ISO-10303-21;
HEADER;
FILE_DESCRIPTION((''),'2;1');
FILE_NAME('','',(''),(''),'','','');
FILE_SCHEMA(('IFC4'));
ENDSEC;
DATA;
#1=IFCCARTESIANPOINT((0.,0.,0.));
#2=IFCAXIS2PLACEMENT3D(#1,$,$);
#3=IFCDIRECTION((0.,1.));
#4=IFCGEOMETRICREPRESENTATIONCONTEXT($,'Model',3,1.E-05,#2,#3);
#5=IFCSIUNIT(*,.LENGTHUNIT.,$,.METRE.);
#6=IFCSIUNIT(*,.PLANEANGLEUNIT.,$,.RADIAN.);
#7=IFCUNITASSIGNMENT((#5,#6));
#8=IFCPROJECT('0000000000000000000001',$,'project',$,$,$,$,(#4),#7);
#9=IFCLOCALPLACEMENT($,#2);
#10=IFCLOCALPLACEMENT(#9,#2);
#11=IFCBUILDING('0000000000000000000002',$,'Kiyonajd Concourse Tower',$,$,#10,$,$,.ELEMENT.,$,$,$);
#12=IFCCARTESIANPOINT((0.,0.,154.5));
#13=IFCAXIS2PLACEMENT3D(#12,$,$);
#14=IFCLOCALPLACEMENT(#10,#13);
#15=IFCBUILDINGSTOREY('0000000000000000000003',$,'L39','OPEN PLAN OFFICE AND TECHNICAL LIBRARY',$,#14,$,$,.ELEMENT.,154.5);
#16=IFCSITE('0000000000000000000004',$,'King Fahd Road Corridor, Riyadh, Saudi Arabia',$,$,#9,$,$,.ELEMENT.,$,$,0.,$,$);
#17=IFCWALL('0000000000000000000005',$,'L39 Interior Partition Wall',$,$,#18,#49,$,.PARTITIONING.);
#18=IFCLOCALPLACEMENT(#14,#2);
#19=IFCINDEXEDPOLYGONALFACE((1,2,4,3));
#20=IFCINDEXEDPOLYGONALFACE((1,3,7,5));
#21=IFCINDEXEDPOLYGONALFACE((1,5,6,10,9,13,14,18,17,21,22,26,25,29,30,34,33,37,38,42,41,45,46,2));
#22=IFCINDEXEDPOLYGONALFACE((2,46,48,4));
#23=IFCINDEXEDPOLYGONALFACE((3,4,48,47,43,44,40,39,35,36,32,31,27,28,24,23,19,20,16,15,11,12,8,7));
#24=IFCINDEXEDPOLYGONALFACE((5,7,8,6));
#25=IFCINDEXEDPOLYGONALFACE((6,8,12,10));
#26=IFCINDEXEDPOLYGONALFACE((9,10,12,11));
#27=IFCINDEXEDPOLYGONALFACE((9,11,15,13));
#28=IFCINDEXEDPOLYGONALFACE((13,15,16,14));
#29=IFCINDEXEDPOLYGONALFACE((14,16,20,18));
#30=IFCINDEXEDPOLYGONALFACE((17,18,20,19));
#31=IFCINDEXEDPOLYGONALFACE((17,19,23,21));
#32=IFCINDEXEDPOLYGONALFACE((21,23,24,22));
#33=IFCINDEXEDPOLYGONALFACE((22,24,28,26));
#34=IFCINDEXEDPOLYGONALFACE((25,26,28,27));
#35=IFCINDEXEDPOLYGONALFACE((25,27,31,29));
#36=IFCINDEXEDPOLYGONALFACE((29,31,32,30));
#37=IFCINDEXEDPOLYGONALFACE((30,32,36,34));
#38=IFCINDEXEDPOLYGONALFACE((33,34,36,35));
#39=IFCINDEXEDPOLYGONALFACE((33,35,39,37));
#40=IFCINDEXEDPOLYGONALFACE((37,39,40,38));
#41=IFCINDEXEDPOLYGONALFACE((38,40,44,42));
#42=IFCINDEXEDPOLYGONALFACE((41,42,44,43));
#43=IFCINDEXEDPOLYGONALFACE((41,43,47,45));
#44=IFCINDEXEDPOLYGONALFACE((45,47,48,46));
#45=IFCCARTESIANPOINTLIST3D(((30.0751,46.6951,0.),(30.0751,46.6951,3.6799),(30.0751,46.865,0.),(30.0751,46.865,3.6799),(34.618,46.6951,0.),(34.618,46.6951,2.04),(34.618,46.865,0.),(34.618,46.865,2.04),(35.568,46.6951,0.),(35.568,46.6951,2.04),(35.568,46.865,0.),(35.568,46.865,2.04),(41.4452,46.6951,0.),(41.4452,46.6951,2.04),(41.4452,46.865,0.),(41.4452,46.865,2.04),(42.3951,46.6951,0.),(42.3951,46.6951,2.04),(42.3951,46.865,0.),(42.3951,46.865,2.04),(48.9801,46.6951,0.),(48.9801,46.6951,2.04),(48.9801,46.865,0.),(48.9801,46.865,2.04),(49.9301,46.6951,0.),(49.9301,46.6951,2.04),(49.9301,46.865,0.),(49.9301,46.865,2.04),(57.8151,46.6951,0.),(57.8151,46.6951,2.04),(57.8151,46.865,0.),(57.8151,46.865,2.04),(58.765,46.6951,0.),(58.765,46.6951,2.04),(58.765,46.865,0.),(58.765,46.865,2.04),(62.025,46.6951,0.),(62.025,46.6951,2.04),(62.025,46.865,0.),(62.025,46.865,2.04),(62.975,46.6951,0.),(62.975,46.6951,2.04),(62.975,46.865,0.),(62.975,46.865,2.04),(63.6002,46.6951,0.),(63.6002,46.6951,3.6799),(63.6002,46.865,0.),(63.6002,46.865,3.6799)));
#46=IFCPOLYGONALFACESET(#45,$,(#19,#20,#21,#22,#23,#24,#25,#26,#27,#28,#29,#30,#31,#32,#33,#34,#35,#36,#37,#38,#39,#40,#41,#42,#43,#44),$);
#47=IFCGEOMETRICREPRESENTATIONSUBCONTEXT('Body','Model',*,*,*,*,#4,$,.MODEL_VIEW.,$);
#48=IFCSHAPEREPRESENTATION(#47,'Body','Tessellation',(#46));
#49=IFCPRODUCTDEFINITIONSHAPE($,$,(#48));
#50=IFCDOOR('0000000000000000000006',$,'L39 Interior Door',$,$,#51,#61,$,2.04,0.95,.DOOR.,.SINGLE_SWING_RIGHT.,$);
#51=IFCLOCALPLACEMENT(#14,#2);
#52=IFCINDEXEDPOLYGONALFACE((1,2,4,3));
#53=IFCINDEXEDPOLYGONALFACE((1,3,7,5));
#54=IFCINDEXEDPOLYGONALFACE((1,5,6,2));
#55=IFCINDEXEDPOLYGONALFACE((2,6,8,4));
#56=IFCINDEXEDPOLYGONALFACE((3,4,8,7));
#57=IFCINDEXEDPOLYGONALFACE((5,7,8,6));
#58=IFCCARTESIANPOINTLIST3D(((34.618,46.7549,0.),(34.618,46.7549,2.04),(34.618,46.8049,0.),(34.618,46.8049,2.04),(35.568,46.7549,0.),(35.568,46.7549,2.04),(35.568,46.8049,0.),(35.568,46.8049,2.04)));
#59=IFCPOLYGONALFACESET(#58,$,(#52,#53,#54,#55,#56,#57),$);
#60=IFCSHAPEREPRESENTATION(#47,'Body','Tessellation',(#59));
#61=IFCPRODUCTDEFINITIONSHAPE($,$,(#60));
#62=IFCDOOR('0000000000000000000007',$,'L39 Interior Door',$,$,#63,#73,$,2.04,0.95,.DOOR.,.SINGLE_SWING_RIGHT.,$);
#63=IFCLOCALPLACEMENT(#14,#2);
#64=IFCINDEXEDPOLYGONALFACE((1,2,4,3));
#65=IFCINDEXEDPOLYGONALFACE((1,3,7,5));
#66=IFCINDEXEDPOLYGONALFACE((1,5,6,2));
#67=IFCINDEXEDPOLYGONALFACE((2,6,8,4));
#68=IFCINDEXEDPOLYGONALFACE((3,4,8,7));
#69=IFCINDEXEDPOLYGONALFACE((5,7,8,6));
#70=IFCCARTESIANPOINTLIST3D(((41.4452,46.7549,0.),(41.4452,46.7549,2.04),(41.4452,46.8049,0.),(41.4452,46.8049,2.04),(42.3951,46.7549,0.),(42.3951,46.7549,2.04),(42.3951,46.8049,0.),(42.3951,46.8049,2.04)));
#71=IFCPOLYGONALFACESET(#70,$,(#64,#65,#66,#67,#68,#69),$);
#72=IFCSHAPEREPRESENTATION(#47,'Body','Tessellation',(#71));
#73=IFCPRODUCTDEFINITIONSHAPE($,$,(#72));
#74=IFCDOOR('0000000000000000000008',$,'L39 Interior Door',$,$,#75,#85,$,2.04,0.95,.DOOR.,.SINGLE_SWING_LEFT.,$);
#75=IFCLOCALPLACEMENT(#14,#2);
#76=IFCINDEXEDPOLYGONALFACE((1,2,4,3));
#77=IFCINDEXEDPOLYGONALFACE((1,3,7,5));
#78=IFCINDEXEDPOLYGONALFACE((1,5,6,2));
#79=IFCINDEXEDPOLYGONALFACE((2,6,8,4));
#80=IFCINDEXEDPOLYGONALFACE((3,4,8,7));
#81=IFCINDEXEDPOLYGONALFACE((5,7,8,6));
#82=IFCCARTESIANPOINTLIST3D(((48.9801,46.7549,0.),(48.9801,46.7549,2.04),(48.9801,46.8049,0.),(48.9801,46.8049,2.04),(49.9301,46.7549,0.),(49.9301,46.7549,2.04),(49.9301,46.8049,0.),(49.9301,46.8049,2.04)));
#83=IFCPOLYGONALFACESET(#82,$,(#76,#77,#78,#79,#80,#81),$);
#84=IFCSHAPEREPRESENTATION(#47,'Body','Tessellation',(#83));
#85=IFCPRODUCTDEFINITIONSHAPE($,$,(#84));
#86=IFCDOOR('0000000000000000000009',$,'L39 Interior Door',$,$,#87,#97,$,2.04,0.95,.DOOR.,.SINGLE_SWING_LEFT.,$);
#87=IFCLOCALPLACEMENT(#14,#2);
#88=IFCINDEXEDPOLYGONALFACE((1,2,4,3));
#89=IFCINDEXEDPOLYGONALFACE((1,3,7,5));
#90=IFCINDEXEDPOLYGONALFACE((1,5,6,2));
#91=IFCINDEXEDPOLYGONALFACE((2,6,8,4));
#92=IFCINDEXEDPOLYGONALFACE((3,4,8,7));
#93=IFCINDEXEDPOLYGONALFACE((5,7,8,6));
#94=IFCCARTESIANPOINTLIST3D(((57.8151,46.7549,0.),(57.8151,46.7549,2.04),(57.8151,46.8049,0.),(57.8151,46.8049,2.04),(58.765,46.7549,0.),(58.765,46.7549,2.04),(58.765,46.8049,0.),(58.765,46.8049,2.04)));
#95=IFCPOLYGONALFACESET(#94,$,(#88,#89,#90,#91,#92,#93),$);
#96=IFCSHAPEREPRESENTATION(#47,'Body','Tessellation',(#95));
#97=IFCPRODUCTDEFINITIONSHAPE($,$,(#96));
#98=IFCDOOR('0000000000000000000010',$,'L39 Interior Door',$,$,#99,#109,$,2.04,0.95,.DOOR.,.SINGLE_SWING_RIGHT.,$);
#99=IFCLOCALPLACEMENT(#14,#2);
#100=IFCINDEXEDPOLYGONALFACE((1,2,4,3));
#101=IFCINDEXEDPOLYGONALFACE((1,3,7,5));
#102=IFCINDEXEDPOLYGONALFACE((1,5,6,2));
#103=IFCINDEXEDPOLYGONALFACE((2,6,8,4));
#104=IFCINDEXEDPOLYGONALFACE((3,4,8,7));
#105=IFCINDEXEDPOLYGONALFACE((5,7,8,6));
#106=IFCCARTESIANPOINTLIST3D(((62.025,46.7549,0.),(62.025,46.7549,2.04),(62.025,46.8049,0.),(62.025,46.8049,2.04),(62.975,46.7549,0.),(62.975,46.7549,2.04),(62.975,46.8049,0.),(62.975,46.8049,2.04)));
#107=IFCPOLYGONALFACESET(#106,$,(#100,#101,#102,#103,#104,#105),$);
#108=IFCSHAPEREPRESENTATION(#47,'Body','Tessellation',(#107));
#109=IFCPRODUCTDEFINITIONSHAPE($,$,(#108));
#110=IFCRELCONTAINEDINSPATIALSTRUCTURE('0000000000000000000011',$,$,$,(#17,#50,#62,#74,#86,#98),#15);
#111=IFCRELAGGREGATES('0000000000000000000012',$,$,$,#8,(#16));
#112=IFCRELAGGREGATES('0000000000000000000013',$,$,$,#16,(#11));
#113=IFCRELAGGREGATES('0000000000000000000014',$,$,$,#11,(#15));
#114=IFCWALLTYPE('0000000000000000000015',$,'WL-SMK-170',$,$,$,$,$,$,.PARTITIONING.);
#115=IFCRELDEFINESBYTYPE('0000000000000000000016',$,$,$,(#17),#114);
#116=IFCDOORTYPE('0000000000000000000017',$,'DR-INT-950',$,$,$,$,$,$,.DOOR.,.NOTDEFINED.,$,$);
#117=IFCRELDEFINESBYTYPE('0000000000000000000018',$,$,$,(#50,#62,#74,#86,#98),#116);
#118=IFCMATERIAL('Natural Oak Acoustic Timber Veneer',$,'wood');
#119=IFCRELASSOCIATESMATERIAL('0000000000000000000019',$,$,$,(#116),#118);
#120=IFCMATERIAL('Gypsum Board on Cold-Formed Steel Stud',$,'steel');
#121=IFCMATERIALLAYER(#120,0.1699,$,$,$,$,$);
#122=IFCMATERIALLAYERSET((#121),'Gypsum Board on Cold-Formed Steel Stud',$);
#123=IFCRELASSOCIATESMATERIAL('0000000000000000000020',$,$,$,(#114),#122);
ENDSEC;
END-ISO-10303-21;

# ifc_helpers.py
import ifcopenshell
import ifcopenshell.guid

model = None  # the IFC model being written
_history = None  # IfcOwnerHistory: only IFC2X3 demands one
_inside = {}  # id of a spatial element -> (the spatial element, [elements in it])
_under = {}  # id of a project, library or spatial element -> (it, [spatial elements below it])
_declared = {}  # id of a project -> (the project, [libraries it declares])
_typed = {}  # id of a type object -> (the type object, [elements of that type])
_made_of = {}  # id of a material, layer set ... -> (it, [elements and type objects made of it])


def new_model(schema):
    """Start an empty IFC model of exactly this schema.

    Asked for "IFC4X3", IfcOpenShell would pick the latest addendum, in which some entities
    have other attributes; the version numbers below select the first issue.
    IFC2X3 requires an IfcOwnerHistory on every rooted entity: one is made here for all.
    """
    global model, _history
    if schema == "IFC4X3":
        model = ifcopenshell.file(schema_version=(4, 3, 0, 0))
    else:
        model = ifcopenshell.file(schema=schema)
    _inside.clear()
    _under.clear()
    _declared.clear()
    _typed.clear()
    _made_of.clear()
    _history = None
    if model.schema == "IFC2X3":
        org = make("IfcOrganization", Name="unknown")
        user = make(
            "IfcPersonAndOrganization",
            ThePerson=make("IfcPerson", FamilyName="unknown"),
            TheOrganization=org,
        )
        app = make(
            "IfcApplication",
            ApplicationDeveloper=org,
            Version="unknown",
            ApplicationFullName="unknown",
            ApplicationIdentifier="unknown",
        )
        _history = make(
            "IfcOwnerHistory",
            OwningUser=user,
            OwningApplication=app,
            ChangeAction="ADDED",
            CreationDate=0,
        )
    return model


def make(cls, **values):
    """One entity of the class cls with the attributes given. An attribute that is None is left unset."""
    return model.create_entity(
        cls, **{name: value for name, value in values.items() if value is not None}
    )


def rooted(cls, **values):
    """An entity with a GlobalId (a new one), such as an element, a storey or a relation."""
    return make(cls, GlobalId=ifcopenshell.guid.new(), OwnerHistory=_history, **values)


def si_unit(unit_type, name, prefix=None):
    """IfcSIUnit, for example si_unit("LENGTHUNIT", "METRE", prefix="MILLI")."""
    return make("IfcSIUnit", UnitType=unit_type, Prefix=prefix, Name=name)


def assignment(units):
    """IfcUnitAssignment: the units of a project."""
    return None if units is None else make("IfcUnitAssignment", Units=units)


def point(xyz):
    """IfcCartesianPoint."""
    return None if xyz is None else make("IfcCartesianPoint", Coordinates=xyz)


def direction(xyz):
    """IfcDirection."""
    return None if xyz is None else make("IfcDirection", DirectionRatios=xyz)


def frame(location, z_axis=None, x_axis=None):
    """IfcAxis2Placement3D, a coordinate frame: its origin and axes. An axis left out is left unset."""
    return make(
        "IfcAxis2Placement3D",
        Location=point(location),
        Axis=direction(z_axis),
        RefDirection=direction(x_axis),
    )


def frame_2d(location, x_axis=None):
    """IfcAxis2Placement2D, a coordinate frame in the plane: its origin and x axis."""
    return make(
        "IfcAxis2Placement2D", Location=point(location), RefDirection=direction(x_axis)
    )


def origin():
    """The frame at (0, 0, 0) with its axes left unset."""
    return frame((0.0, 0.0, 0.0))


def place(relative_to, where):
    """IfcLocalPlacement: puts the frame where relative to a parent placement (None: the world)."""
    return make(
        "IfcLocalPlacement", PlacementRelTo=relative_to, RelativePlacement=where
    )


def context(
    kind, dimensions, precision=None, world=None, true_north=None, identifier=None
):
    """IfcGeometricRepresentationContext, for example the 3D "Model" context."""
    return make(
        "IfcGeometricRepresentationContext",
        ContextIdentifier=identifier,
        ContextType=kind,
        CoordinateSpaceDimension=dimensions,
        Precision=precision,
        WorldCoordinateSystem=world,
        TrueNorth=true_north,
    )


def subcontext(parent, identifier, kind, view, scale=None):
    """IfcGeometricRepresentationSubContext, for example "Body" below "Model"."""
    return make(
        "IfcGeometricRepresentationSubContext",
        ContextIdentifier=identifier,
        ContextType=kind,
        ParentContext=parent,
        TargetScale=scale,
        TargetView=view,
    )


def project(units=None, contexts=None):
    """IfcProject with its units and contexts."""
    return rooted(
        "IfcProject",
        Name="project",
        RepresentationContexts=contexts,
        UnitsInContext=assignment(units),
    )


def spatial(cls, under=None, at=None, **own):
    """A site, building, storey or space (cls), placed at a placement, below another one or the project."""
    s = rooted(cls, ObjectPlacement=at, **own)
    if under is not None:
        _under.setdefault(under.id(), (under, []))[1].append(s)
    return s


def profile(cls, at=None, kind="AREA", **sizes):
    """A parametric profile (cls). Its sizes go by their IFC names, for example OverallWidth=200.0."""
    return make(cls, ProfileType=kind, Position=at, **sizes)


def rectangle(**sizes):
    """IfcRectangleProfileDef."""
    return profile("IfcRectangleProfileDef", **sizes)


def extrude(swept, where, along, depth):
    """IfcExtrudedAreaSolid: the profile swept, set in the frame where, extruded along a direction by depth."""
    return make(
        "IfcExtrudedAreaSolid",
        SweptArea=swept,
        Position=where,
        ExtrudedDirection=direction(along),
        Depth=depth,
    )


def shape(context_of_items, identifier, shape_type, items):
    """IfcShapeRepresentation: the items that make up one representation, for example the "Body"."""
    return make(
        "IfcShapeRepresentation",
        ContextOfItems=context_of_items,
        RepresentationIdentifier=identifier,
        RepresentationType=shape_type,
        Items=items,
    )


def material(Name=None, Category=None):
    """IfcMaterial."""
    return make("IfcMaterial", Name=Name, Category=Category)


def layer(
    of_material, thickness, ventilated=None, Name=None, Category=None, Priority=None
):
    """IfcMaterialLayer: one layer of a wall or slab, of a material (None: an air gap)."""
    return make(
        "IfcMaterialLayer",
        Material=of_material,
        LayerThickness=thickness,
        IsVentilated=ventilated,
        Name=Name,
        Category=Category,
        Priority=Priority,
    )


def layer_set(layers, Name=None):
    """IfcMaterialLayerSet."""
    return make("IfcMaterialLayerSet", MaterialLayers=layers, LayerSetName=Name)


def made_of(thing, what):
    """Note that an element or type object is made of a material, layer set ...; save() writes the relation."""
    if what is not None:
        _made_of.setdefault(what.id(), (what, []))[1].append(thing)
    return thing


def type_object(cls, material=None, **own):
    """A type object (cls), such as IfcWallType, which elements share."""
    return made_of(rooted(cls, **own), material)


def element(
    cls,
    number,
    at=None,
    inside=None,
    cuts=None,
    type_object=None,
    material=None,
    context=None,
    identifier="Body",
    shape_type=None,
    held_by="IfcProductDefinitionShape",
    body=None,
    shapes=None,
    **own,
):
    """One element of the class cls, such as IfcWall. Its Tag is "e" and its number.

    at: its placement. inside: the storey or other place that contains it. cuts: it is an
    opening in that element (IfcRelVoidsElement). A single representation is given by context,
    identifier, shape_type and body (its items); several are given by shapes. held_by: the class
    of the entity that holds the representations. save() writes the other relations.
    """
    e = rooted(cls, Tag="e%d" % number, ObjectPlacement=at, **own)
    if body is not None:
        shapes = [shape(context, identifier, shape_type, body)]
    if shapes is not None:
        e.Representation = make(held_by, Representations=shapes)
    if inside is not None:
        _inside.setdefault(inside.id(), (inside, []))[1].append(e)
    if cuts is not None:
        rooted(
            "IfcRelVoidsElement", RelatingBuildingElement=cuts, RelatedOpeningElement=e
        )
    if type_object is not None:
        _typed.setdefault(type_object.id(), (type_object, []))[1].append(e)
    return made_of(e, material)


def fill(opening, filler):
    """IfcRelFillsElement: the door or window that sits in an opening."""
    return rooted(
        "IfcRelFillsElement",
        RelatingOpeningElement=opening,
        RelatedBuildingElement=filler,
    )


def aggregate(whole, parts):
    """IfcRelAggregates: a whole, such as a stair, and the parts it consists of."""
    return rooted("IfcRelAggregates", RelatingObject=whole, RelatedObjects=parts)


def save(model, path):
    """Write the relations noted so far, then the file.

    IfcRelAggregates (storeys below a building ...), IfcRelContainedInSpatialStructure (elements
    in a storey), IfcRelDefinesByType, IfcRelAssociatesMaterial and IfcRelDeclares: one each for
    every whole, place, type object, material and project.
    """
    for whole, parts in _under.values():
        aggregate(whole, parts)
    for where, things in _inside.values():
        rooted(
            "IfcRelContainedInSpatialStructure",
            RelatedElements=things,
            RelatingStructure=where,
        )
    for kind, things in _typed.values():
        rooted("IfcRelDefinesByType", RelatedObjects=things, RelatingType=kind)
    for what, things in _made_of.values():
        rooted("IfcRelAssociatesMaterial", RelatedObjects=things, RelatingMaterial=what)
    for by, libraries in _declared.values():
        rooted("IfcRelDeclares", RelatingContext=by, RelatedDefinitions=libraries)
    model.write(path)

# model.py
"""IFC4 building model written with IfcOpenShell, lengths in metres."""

from ifc_helpers import new_model, si_unit, direction, frame, frame_2d, origin, place, context, subcontext, project, spatial, rectangle, extrude, material, layer, layer_set, type_object, element, fill, save


model = new_model("IFC4")

# Units and contexts
model_context = context("Model", 3, precision=1e-05, world=origin(), true_north=direction((0.0, 1.0)))
body_context = subcontext(model_context, "Body", "Model", "MODEL_VIEW")
ifc_project = project(units=[si_unit("LENGTHUNIT", "METRE"), si_unit("PLANEANGLEUNIT", "RADIAN")], contexts=[model_context])

# Site, building, storey
site_placement = place(None, origin())
site = spatial("IfcSite", under=ifc_project, at=site_placement, Name="King Fahd Road Corridor, Riyadh, Saudi Arabia", CompositionType="ELEMENT", RefElevation=0.0)
building_placement = place(site_placement, origin())
building = spatial("IfcBuilding", under=site, at=building_placement, Name="Kiyonajd Concourse Tower", CompositionType="ELEMENT")
storey_placement = place(building_placement, frame((0.0, 0.0, 154.5)))
storey = spatial("IfcBuildingStorey", under=building, at=storey_placement, Name="L39", Description="OPEN PLAN OFFICE AND TECHNICAL LIBRARY", CompositionType="ELEMENT", Elevation=154.5)

# Shared definitions
ifc_material_1 = material(Name="Natural Oak Acoustic Timber Veneer", Category="wood")
door_type_1 = type_object("IfcDoorType", Name="DR-INT-950", OperationType="NOTDEFINED", PredefinedType="DOOR", material=ifc_material_1)

# Shared definitions
ifc_material_2 = material(Name="Gypsum Board on Cold-Formed Steel Stud", Category="steel")

# Wall, openings, doors
ifc_layer_1 = layer(ifc_material_2, 0.1699)
ifc_layer_set_1 = layer_set([ifc_layer_1], Name="Gypsum Board on Cold-Formed Steel Stud")
wall_type_1 = type_object("IfcWallType", Name="WL-SMK-170", PredefinedType="PARTITIONING", material=ifc_layer_set_1)
wall_1_placement = place(storey_placement, frame((30.075, 46.78, 0.0), z_axis=(0.0, 0.0, 1.0), x_axis=(1.0, 0.0, 0.0)))
wall_1 = element("IfcWall", 1, at=wall_1_placement, inside=storey, type_object=wall_type_1, Name="L39 Interior Partition Wall", PredefinedType="PARTITIONING", context=body_context, shape_type="SweptSolid", body=[
    extrude(rectangle(XDim=33.5251, YDim=0.1699, at=frame_2d((16.7627, 0.0))), origin(), (0.0, 0.0, 1.0), 3.6799),
])
opening_1_placement = place(wall_1_placement, frame((4.543, 0.0, 0.0)))
opening_1 = element("IfcOpeningElement", 2, at=opening_1_placement, cuts=wall_1, PredefinedType="OPENING", context=body_context, shape_type="SweptSolid", body=[
    extrude(rectangle(XDim=0.95, YDim=2.04, at=frame_2d((0.4751, 1.02))), frame((0.0, 0.095, 0.0), z_axis=(0.0, -1.0, 0.0), x_axis=(1.0, 0.0, 0.0)), (0.0, 0.0, 1.0), 0.1899),
])
opening_2_placement = place(wall_1_placement, frame((11.3701, 0.0, 0.0)))
opening_2 = element("IfcOpeningElement", 3, at=opening_2_placement, cuts=wall_1, PredefinedType="OPENING", context=body_context, shape_type="SweptSolid", body=[
    extrude(rectangle(XDim=0.95, YDim=2.04, at=frame_2d((0.4751, 1.02))), frame((0.0, 0.095, 0.0), z_axis=(0.0, -1.0, 0.0), x_axis=(1.0, 0.0, 0.0)), (0.0, 0.0, 1.0), 0.1899),
])
opening_3_placement = place(wall_1_placement, frame((18.905, 0.0, 0.0)))
opening_3 = element("IfcOpeningElement", 4, at=opening_3_placement, cuts=wall_1, PredefinedType="OPENING", context=body_context, shape_type="SweptSolid", body=[
    extrude(rectangle(XDim=0.95, YDim=2.04, at=frame_2d((0.4751, 1.02))), frame((0.0, 0.095, 0.0), z_axis=(0.0, -1.0, 0.0), x_axis=(1.0, 0.0, 0.0)), (0.0, 0.0, 1.0), 0.1899),
])
opening_4_placement = place(wall_1_placement, frame((27.74, 0.0, 0.0)))
opening_4 = element("IfcOpeningElement", 5, at=opening_4_placement, cuts=wall_1, PredefinedType="OPENING", context=body_context, shape_type="SweptSolid", body=[
    extrude(rectangle(XDim=0.95, YDim=2.04, at=frame_2d((0.4751, 1.02))), frame((0.0, 0.095, 0.0), z_axis=(0.0, -1.0, 0.0), x_axis=(1.0, 0.0, 0.0)), (0.0, 0.0, 1.0), 0.1899),
])
opening_5_placement = place(wall_1_placement, frame((31.95, 0.0, 0.0)))
opening_5 = element("IfcOpeningElement", 6, at=opening_5_placement, cuts=wall_1, PredefinedType="OPENING", context=body_context, shape_type="SweptSolid", body=[
    extrude(rectangle(XDim=0.95, YDim=2.04, at=frame_2d((0.4751, 1.02))), frame((0.0, 0.095, 0.0), z_axis=(0.0, -1.0, 0.0), x_axis=(1.0, 0.0, 0.0)), (0.0, 0.0, 1.0), 0.1899),
])
door_1_placement = place(opening_1_placement, origin())
door_1 = element("IfcDoor", 7, at=door_1_placement, inside=storey, type_object=door_type_1, Name="L39 Interior Door", OperationType="SINGLE_SWING_RIGHT", OverallHeight=2.04, OverallWidth=0.95, PredefinedType="DOOR", context=body_context, shape_type="SweptSolid", body=[
    extrude(rectangle(XDim=0.95, YDim=2.04, at=frame_2d((0.4751, 1.02))), frame((0.0, 0.0249, 0.0), z_axis=(0.0, -1.0, 0.0), x_axis=(1.0, 0.0, 0.0)), (0.0, 0.0, 1.0), 0.05),
])
fill(opening_1, door_1)
door_2_placement = place(opening_2_placement, origin())
door_2 = element("IfcDoor", 8, at=door_2_placement, inside=storey, type_object=door_type_1, Name="L39 Interior Door", OperationType="SINGLE_SWING_RIGHT", OverallHeight=2.04, OverallWidth=0.95, PredefinedType="DOOR", context=body_context, shape_type="SweptSolid", body=[
    extrude(rectangle(XDim=0.95, YDim=2.04, at=frame_2d((0.4751, 1.02))), frame((0.0, 0.0249, 0.0), z_axis=(0.0, -1.0, 0.0), x_axis=(1.0, 0.0, 0.0)), (0.0, 0.0, 1.0), 0.05),
])
fill(opening_2, door_2)
door_3_placement = place(opening_3_placement, origin())
door_3 = element("IfcDoor", 9, at=door_3_placement, inside=storey, type_object=door_type_1, Name="L39 Interior Door", OperationType="SINGLE_SWING_LEFT", OverallHeight=2.04, OverallWidth=0.95, PredefinedType="DOOR", context=body_context, shape_type="SweptSolid", body=[
    extrude(rectangle(XDim=0.95, YDim=2.04, at=frame_2d((0.4751, 1.02))), frame((0.0, 0.0249, 0.0), z_axis=(0.0, -1.0, 0.0), x_axis=(1.0, 0.0, 0.0)), (0.0, 0.0, 1.0), 0.05),
])
fill(opening_3, door_3)
door_4_placement = place(opening_4_placement, origin())
door_4 = element("IfcDoor", 10, at=door_4_placement, inside=storey, type_object=door_type_1, Name="L39 Interior Door", OperationType="SINGLE_SWING_LEFT", OverallHeight=2.04, OverallWidth=0.95, PredefinedType="DOOR", context=body_context, shape_type="SweptSolid", body=[
    extrude(rectangle(XDim=0.95, YDim=2.04, at=frame_2d((0.4751, 1.02))), frame((0.0, 0.0249, 0.0), z_axis=(0.0, -1.0, 0.0), x_axis=(1.0, 0.0, 0.0)), (0.0, 0.0, 1.0), 0.05),
])
fill(opening_4, door_4)
door_5_placement = place(opening_5_placement, origin())
door_5 = element("IfcDoor", 11, at=door_5_placement, inside=storey, type_object=door_type_1, Name="L39 Interior Door", OperationType="SINGLE_SWING_RIGHT", OverallHeight=2.04, OverallWidth=0.95, PredefinedType="DOOR", context=body_context, shape_type="SweptSolid", body=[
    extrude(rectangle(XDim=0.95, YDim=2.04, at=frame_2d((0.4751, 1.02))), frame((0.0, 0.0249, 0.0), z_axis=(0.0, -1.0, 0.0), x_axis=(1.0, 0.0, 0.0)), (0.0, 0.0, 1.0), 0.05),
])
fill(opening_5, door_5)

save(model, "model.ifc")
